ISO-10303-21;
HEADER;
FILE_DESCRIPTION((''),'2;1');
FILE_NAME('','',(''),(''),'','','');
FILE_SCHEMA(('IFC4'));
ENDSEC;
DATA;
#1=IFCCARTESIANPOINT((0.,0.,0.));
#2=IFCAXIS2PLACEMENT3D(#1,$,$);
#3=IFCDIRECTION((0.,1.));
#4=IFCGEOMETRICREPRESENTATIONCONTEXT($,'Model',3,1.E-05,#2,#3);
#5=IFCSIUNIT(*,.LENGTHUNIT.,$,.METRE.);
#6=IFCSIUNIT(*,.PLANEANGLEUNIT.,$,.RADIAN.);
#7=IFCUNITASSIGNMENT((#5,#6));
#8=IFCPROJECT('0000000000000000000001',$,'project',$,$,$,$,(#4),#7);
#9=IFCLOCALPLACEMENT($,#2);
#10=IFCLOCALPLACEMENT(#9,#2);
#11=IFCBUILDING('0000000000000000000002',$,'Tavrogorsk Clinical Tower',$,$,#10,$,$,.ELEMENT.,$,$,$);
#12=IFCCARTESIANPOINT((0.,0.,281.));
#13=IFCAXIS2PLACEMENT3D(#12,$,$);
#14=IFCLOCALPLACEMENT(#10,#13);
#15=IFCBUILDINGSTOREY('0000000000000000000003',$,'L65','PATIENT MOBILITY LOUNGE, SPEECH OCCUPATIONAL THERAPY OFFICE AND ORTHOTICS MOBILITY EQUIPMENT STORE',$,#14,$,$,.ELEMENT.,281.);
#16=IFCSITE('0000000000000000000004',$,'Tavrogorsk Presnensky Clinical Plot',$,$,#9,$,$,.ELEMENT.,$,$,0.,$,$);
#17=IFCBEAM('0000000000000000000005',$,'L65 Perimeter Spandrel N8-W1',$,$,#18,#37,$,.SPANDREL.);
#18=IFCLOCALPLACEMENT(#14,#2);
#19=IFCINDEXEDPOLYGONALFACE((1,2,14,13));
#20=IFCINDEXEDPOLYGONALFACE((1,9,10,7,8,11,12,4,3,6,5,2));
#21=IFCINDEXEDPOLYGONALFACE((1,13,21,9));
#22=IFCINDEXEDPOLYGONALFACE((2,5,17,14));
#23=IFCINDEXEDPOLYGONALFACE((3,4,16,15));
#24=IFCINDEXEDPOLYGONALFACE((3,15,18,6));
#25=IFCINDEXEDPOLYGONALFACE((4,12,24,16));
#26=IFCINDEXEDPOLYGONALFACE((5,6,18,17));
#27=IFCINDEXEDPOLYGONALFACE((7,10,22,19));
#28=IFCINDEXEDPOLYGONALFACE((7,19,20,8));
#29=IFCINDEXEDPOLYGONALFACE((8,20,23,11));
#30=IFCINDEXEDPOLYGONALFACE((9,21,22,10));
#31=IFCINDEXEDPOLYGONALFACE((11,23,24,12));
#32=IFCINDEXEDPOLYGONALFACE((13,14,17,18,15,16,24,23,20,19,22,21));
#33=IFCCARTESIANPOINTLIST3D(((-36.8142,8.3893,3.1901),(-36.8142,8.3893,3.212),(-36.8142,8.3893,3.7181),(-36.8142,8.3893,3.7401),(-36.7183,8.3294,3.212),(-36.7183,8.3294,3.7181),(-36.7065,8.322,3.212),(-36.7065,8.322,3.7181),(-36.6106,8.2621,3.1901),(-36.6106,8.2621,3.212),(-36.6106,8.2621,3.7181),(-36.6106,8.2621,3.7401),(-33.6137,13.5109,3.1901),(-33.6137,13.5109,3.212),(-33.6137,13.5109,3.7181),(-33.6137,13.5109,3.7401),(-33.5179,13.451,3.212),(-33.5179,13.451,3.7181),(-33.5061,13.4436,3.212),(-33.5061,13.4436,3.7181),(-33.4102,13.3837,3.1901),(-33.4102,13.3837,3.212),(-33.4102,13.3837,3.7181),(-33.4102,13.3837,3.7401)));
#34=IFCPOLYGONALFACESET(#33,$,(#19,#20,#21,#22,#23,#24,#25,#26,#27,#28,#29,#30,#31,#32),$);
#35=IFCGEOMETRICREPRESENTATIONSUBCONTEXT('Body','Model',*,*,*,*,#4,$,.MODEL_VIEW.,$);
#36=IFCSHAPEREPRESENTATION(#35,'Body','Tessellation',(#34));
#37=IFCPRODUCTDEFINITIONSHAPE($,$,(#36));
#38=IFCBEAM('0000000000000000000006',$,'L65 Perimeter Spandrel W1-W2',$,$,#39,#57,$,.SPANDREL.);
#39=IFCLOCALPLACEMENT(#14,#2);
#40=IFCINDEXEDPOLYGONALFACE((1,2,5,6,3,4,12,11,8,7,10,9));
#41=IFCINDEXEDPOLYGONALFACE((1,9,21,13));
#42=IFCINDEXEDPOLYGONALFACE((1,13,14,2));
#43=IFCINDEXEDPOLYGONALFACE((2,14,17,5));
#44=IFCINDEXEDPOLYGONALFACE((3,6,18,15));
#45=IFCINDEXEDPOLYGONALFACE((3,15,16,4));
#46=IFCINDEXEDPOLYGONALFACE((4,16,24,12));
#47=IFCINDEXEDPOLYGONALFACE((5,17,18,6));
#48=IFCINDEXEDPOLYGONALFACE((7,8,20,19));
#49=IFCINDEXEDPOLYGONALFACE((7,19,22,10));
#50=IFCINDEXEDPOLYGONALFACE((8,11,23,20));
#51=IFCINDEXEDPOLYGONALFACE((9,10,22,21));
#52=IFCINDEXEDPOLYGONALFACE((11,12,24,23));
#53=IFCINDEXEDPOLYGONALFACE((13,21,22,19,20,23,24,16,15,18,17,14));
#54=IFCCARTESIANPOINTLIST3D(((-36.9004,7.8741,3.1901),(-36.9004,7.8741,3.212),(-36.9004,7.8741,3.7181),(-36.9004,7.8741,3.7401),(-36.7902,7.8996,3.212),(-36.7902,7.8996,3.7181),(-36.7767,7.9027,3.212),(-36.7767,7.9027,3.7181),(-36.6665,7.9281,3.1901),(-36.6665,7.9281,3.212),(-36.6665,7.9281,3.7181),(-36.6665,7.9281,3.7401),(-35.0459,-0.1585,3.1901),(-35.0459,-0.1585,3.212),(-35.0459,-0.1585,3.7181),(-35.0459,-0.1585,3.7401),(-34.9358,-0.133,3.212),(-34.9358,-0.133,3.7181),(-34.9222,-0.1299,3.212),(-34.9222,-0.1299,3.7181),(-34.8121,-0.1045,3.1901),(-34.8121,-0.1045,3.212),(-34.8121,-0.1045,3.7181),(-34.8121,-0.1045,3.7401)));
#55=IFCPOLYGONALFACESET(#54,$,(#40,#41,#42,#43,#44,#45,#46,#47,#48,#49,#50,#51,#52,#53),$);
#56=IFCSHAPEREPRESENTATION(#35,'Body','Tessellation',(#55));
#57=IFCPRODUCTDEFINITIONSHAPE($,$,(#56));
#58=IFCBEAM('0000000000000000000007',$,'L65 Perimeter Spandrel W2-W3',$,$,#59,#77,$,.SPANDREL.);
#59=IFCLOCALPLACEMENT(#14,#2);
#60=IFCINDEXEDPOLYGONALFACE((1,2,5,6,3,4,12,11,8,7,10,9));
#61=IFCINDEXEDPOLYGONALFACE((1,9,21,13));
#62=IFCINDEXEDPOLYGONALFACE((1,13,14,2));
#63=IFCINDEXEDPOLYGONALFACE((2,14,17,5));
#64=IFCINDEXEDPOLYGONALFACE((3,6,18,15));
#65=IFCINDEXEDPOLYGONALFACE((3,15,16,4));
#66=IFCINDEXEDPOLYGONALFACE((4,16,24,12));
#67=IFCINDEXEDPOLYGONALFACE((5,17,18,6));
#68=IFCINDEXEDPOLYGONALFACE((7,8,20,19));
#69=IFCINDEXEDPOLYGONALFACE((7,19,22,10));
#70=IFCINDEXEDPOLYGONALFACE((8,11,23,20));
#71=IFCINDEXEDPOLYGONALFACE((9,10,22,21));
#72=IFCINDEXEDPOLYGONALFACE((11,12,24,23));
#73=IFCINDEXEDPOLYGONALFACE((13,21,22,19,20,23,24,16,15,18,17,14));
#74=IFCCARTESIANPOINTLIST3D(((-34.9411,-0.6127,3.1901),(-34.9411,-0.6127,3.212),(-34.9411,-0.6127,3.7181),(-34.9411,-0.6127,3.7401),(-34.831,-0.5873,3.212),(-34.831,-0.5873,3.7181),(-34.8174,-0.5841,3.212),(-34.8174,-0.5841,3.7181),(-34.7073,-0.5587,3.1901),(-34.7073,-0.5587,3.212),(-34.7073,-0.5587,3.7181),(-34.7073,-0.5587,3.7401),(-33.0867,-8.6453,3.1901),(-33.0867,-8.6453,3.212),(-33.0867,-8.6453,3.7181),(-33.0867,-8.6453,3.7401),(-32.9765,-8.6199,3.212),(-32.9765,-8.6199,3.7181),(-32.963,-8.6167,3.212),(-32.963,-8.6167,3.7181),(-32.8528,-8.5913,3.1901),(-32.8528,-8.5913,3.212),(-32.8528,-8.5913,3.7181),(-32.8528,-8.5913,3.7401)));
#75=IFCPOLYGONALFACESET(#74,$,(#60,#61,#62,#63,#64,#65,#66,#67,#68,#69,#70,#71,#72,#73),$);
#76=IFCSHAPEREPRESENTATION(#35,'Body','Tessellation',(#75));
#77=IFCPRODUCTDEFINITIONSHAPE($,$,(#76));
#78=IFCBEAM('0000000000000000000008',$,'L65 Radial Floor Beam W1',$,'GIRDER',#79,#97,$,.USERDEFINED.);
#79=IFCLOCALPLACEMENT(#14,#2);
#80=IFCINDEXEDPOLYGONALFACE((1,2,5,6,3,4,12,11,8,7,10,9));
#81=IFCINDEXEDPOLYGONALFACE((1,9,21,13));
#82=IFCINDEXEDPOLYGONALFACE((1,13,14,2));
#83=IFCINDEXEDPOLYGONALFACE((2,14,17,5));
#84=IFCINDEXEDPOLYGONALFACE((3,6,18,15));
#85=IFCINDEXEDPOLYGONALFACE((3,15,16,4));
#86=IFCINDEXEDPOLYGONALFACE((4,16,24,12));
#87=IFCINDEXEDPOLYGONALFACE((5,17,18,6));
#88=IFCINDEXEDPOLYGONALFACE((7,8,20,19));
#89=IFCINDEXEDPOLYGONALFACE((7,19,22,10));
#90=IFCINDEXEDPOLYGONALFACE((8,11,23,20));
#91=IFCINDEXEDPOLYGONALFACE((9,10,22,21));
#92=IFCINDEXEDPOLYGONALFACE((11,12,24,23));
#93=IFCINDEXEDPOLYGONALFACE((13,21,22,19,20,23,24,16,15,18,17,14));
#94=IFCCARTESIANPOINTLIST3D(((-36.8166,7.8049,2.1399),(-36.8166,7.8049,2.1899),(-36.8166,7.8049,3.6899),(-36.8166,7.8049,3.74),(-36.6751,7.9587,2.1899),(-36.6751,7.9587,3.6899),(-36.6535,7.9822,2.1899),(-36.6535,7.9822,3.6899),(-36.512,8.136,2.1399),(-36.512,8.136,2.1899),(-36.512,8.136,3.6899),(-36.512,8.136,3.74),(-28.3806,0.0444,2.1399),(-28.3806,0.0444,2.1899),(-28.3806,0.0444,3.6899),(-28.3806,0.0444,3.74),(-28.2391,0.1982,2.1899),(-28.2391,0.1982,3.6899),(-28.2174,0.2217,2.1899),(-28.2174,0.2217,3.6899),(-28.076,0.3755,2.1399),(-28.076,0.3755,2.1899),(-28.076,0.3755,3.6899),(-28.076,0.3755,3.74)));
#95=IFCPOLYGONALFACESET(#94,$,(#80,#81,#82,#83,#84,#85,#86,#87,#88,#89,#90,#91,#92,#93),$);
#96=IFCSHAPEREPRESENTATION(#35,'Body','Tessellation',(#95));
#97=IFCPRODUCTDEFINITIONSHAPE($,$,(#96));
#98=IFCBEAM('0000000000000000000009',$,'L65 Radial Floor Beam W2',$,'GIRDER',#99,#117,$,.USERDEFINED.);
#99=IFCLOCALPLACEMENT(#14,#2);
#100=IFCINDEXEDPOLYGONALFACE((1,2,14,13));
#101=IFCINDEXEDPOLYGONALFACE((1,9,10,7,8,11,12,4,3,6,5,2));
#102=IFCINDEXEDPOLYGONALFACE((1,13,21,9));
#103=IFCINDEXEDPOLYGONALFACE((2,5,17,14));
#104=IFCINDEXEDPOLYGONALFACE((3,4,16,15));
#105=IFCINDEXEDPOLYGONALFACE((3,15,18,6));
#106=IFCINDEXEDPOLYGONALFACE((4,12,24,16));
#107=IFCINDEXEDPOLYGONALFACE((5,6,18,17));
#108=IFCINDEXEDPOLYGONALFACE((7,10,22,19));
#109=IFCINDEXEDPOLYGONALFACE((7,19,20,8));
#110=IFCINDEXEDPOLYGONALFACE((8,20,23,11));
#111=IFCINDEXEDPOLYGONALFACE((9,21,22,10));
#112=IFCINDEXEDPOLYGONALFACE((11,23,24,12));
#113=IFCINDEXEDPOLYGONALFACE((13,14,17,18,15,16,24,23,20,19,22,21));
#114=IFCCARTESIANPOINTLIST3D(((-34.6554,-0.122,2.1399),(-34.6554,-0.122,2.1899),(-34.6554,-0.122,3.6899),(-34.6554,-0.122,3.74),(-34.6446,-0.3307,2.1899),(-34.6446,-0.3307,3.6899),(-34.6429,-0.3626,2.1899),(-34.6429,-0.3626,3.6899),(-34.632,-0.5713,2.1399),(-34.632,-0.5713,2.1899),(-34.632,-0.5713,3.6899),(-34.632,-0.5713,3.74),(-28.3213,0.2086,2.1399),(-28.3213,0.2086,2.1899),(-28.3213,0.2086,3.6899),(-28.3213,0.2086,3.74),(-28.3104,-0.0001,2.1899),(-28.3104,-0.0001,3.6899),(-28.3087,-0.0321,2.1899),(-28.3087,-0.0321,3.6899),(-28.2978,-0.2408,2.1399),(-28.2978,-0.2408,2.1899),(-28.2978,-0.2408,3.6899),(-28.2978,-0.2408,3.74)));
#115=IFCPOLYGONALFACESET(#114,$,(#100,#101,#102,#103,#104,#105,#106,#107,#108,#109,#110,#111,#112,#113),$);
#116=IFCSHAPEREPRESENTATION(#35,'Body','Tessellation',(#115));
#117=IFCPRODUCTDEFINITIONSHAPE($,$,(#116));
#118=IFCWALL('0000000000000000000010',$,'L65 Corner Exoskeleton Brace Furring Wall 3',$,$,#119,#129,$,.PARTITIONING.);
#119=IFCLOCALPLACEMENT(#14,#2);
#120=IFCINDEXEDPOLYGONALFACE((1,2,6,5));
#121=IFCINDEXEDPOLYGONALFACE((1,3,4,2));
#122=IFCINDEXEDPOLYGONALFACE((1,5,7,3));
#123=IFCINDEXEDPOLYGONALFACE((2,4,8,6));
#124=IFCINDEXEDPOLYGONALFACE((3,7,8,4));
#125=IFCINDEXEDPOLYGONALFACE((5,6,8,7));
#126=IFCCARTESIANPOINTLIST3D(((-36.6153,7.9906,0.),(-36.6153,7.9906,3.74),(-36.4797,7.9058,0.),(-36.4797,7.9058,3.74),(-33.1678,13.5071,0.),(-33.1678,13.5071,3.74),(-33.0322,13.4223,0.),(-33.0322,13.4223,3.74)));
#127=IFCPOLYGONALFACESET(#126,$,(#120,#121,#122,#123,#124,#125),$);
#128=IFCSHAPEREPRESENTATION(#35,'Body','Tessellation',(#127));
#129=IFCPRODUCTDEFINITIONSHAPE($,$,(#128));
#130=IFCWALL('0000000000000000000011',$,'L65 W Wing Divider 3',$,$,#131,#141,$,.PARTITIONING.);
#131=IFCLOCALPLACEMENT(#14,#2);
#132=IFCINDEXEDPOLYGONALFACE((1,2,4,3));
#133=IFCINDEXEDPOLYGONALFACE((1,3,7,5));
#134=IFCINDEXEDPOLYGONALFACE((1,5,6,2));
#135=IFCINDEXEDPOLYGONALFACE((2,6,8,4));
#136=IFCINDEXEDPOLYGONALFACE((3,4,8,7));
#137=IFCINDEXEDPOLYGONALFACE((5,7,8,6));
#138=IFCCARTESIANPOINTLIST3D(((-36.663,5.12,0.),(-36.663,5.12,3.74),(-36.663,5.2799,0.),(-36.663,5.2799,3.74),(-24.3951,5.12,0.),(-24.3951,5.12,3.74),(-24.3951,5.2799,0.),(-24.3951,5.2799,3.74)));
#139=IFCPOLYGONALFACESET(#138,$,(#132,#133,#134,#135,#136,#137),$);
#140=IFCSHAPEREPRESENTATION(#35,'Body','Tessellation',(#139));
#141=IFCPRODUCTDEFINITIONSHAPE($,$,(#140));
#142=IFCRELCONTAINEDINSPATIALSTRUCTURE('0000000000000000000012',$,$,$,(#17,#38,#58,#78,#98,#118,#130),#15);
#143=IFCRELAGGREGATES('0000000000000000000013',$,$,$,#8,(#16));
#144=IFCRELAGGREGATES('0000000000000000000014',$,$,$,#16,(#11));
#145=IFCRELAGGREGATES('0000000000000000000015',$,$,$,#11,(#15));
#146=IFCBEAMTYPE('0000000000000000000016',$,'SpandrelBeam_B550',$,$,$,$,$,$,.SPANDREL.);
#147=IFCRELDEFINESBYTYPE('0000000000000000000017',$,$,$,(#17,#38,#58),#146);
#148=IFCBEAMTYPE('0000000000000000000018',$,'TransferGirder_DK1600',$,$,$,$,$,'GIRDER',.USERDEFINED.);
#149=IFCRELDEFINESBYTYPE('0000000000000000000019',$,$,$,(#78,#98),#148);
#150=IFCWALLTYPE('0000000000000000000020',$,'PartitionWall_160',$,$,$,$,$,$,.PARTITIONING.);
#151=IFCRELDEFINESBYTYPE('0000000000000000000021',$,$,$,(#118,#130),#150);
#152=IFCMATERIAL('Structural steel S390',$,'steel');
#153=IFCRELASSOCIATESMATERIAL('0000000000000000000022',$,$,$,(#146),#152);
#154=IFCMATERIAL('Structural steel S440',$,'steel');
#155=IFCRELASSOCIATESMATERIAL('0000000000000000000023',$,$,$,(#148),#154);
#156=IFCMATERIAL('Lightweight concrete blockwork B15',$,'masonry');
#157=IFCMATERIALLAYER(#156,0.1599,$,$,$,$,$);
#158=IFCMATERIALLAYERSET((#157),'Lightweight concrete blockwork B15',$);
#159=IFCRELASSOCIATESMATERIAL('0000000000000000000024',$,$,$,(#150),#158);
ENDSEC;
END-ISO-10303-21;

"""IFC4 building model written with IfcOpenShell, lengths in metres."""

from ifc_helpers import new_model, si_unit, direction, frame, frame_2d, origin, origin_2d, place, context, subcontext, project, spatial, rectangle, i_section, extrude, material, layer, layer_set, material_profile, profile_set, type_object, element, save


model = new_model("IFC4")

# Units and contexts
model_context = context("Model", 3, precision=1e-05, world=origin(), true_north=direction((0.0, 1.0)))
body_context = subcontext(model_context, "Body", "Model", "MODEL_VIEW")
ifc_project = project(units=[si_unit("LENGTHUNIT", "METRE"), si_unit("PLANEANGLEUNIT", "RADIAN")], contexts=[model_context])

# Site, building, storey
site_placement = place(None, origin())
site = spatial("IfcSite", under=ifc_project, at=site_placement, Name="Tavrogorsk Presnensky Clinical Plot", CompositionType="ELEMENT", RefElevation=0.0)
building_placement = place(site_placement, origin())
building = spatial("IfcBuilding", under=site, at=building_placement, Name="Tavrogorsk Clinical Tower", CompositionType="ELEMENT")
storey_placement = place(building_placement, frame((0.0, 0.0, 281.0)))
storey = spatial("IfcBuildingStorey", under=building, at=storey_placement, Name="L65", Description="PATIENT MOBILITY LOUNGE, SPEECH OCCUPATIONAL THERAPY OFFICE AND ORTHOTICS MOBILITY EQUIPMENT STORE", CompositionType="ELEMENT", Elevation=281.0)

# Beams
ifc_material_1 = material(Name="Structural steel S390", Category="steel")
ifc_material_profile_1 = material_profile(ifc_material_1, i_section(OverallWidth=0.24, OverallDepth=0.55, WebThickness=0.0139, FlangeThickness=0.022, at=origin_2d()), Name="B-550x240x14x22")
ifc_profile_set_1 = profile_set([ifc_material_profile_1], Name="Structural steel S390")
beam_type_1 = type_object("IfcBeamType", Name="SpandrelBeam_B550", PredefinedType="SPANDREL", material=ifc_profile_set_1)
beam_1_placement = place(storey_placement, frame((-33.512, 13.4473, 3.4651), z_axis=(-0.529934, -0.848039, 0.0), x_axis=(0.848039, -0.529934, 0.0)))
element("IfcBeam", 1, at=beam_1_placement, inside=storey, type_object=beam_type_1, Name="L65 Perimeter Spandrel N8-W1", PredefinedType="SPANDREL", context=body_context, shape_type="SweptSolid", body=[
    extrude(i_section(OverallWidth=0.24, OverallDepth=0.55, WebThickness=0.0139, FlangeThickness=0.022, at=origin_2d()), origin(), (0.0, 0.0, 1.0), 6.0393),
])
for number, where, z_axis, x_axis, name in (
    (2, (-36.7834, 7.9011, 3.4651), (0.22495, -0.97437, 0.0), (0.97437, 0.22495, 0.0), "L65 Perimeter Spandrel W1-W2"),
    (3, (-34.8242, -0.5857, 3.4651), (0.22495, -0.97437, 0.0), (0.97437, 0.22495, 0.0), "L65 Perimeter Spandrel W2-W3"),
):
    element("IfcBeam", number, at=place(storey_placement, frame(where, z_axis=z_axis, x_axis=x_axis)), inside=storey, type_object=beam_type_1, Name=name, PredefinedType="SPANDREL", context=body_context, shape_type="SweptSolid", body=[
        extrude(i_section(OverallWidth=0.24, OverallDepth=0.55, WebThickness=0.0139, FlangeThickness=0.022, at=origin_2d()), origin(), (0.0, 0.0, 1.0), 8.2439),
    ])
ifc_material_2 = material(Name="Structural steel S440", Category="steel")
ifc_material_profile_2 = material_profile(ifc_material_2, i_section(OverallWidth=0.45, OverallDepth=1.6001, WebThickness=0.032, FlangeThickness=0.05, at=origin_2d()), Name="DK-1600x450x32x50")
ifc_profile_set_2 = profile_set([ifc_material_profile_2], Name="Structural steel S440")
beam_type_2 = type_object("IfcBeamType", Name="TransferGirder_DK1600", ElementType="GIRDER", PredefinedType="USERDEFINED", material=ifc_profile_set_2)
beam_2_placement = place(storey_placement, frame((-28.2283, 0.21, 2.9399), z_axis=(-0.735959, 0.677026, 0.0), x_axis=(-0.677026, -0.735959, 0.0)))
element("IfcBeam", 4, at=beam_2_placement, inside=storey, type_object=beam_type_2, Name="L65 Radial Floor Beam W1", ObjectType="GIRDER", PredefinedType="USERDEFINED", context=body_context, shape_type="SweptSolid", body=[
    extrude(i_section(OverallWidth=0.45, OverallDepth=1.6001, WebThickness=0.032, FlangeThickness=0.05, at=origin_2d()), origin(), (0.0, 0.0, 1.0), 11.4626),
])
beam_3_placement = place(storey_placement, frame((-28.3096, -0.0161, 2.9399), z_axis=(-0.998641, -0.052116, 0.0), x_axis=(0.052116, -0.998641, 0.0)))
element("IfcBeam", 5, at=beam_3_placement, inside=storey, type_object=beam_type_2, Name="L65 Radial Floor Beam W2", ObjectType="GIRDER", PredefinedType="USERDEFINED", context=body_context, shape_type="SweptSolid", body=[
    extrude(i_section(OverallWidth=0.45, OverallDepth=1.6001, WebThickness=0.032, FlangeThickness=0.05, at=origin_2d()), origin(), (0.0, 0.0, 1.0), 6.3428),
])

# Walls
ifc_material_3 = material(Name="Lightweight concrete blockwork B15", Category="masonry")
ifc_layer_1 = layer(ifc_material_3, 0.1599)
ifc_layer_set_1 = layer_set([ifc_layer_1], Name="Lightweight concrete blockwork B15")
wall_type_1 = type_object("IfcWallType", Name="PartitionWall_160", PredefinedType="PARTITIONING", material=ifc_layer_set_1)
wall_1_placement = place(storey_placement, frame((-33.1001, 13.4646, 0.0), z_axis=(0.0, 0.0, 1.0), x_axis=(-0.529958, -0.848024, 0.0)))
element("IfcWall", 6, at=wall_1_placement, inside=storey, type_object=wall_type_1, Name="L65 Corner Exoskeleton Brace Furring Wall 3", PredefinedType="PARTITIONING", context=body_context, shape_type="SweptSolid", body=[
    extrude(rectangle(XDim=6.5051, YDim=0.1599, at=frame_2d((3.2524, 0.0))), origin(), (0.0, 0.0, 1.0), 3.74),
])
wall_2_placement = place(storey_placement, frame((-36.6628, 5.2, 0.0), z_axis=(0.0, 0.0, 1.0), x_axis=(1.0, 0.0, 0.0)))
element("IfcWall", 7, at=wall_2_placement, inside=storey, type_object=wall_type_1, Name="L65 W Wing Divider 3", PredefinedType="PARTITIONING", context=body_context, shape_type="SweptSolid", body=[
    extrude(rectangle(XDim=12.2678, YDim=0.1599, at=frame_2d((6.1338, 0.0))), origin(), (0.0, 0.0, 1.0), 3.74),
])

save(model, "model.ifc")
